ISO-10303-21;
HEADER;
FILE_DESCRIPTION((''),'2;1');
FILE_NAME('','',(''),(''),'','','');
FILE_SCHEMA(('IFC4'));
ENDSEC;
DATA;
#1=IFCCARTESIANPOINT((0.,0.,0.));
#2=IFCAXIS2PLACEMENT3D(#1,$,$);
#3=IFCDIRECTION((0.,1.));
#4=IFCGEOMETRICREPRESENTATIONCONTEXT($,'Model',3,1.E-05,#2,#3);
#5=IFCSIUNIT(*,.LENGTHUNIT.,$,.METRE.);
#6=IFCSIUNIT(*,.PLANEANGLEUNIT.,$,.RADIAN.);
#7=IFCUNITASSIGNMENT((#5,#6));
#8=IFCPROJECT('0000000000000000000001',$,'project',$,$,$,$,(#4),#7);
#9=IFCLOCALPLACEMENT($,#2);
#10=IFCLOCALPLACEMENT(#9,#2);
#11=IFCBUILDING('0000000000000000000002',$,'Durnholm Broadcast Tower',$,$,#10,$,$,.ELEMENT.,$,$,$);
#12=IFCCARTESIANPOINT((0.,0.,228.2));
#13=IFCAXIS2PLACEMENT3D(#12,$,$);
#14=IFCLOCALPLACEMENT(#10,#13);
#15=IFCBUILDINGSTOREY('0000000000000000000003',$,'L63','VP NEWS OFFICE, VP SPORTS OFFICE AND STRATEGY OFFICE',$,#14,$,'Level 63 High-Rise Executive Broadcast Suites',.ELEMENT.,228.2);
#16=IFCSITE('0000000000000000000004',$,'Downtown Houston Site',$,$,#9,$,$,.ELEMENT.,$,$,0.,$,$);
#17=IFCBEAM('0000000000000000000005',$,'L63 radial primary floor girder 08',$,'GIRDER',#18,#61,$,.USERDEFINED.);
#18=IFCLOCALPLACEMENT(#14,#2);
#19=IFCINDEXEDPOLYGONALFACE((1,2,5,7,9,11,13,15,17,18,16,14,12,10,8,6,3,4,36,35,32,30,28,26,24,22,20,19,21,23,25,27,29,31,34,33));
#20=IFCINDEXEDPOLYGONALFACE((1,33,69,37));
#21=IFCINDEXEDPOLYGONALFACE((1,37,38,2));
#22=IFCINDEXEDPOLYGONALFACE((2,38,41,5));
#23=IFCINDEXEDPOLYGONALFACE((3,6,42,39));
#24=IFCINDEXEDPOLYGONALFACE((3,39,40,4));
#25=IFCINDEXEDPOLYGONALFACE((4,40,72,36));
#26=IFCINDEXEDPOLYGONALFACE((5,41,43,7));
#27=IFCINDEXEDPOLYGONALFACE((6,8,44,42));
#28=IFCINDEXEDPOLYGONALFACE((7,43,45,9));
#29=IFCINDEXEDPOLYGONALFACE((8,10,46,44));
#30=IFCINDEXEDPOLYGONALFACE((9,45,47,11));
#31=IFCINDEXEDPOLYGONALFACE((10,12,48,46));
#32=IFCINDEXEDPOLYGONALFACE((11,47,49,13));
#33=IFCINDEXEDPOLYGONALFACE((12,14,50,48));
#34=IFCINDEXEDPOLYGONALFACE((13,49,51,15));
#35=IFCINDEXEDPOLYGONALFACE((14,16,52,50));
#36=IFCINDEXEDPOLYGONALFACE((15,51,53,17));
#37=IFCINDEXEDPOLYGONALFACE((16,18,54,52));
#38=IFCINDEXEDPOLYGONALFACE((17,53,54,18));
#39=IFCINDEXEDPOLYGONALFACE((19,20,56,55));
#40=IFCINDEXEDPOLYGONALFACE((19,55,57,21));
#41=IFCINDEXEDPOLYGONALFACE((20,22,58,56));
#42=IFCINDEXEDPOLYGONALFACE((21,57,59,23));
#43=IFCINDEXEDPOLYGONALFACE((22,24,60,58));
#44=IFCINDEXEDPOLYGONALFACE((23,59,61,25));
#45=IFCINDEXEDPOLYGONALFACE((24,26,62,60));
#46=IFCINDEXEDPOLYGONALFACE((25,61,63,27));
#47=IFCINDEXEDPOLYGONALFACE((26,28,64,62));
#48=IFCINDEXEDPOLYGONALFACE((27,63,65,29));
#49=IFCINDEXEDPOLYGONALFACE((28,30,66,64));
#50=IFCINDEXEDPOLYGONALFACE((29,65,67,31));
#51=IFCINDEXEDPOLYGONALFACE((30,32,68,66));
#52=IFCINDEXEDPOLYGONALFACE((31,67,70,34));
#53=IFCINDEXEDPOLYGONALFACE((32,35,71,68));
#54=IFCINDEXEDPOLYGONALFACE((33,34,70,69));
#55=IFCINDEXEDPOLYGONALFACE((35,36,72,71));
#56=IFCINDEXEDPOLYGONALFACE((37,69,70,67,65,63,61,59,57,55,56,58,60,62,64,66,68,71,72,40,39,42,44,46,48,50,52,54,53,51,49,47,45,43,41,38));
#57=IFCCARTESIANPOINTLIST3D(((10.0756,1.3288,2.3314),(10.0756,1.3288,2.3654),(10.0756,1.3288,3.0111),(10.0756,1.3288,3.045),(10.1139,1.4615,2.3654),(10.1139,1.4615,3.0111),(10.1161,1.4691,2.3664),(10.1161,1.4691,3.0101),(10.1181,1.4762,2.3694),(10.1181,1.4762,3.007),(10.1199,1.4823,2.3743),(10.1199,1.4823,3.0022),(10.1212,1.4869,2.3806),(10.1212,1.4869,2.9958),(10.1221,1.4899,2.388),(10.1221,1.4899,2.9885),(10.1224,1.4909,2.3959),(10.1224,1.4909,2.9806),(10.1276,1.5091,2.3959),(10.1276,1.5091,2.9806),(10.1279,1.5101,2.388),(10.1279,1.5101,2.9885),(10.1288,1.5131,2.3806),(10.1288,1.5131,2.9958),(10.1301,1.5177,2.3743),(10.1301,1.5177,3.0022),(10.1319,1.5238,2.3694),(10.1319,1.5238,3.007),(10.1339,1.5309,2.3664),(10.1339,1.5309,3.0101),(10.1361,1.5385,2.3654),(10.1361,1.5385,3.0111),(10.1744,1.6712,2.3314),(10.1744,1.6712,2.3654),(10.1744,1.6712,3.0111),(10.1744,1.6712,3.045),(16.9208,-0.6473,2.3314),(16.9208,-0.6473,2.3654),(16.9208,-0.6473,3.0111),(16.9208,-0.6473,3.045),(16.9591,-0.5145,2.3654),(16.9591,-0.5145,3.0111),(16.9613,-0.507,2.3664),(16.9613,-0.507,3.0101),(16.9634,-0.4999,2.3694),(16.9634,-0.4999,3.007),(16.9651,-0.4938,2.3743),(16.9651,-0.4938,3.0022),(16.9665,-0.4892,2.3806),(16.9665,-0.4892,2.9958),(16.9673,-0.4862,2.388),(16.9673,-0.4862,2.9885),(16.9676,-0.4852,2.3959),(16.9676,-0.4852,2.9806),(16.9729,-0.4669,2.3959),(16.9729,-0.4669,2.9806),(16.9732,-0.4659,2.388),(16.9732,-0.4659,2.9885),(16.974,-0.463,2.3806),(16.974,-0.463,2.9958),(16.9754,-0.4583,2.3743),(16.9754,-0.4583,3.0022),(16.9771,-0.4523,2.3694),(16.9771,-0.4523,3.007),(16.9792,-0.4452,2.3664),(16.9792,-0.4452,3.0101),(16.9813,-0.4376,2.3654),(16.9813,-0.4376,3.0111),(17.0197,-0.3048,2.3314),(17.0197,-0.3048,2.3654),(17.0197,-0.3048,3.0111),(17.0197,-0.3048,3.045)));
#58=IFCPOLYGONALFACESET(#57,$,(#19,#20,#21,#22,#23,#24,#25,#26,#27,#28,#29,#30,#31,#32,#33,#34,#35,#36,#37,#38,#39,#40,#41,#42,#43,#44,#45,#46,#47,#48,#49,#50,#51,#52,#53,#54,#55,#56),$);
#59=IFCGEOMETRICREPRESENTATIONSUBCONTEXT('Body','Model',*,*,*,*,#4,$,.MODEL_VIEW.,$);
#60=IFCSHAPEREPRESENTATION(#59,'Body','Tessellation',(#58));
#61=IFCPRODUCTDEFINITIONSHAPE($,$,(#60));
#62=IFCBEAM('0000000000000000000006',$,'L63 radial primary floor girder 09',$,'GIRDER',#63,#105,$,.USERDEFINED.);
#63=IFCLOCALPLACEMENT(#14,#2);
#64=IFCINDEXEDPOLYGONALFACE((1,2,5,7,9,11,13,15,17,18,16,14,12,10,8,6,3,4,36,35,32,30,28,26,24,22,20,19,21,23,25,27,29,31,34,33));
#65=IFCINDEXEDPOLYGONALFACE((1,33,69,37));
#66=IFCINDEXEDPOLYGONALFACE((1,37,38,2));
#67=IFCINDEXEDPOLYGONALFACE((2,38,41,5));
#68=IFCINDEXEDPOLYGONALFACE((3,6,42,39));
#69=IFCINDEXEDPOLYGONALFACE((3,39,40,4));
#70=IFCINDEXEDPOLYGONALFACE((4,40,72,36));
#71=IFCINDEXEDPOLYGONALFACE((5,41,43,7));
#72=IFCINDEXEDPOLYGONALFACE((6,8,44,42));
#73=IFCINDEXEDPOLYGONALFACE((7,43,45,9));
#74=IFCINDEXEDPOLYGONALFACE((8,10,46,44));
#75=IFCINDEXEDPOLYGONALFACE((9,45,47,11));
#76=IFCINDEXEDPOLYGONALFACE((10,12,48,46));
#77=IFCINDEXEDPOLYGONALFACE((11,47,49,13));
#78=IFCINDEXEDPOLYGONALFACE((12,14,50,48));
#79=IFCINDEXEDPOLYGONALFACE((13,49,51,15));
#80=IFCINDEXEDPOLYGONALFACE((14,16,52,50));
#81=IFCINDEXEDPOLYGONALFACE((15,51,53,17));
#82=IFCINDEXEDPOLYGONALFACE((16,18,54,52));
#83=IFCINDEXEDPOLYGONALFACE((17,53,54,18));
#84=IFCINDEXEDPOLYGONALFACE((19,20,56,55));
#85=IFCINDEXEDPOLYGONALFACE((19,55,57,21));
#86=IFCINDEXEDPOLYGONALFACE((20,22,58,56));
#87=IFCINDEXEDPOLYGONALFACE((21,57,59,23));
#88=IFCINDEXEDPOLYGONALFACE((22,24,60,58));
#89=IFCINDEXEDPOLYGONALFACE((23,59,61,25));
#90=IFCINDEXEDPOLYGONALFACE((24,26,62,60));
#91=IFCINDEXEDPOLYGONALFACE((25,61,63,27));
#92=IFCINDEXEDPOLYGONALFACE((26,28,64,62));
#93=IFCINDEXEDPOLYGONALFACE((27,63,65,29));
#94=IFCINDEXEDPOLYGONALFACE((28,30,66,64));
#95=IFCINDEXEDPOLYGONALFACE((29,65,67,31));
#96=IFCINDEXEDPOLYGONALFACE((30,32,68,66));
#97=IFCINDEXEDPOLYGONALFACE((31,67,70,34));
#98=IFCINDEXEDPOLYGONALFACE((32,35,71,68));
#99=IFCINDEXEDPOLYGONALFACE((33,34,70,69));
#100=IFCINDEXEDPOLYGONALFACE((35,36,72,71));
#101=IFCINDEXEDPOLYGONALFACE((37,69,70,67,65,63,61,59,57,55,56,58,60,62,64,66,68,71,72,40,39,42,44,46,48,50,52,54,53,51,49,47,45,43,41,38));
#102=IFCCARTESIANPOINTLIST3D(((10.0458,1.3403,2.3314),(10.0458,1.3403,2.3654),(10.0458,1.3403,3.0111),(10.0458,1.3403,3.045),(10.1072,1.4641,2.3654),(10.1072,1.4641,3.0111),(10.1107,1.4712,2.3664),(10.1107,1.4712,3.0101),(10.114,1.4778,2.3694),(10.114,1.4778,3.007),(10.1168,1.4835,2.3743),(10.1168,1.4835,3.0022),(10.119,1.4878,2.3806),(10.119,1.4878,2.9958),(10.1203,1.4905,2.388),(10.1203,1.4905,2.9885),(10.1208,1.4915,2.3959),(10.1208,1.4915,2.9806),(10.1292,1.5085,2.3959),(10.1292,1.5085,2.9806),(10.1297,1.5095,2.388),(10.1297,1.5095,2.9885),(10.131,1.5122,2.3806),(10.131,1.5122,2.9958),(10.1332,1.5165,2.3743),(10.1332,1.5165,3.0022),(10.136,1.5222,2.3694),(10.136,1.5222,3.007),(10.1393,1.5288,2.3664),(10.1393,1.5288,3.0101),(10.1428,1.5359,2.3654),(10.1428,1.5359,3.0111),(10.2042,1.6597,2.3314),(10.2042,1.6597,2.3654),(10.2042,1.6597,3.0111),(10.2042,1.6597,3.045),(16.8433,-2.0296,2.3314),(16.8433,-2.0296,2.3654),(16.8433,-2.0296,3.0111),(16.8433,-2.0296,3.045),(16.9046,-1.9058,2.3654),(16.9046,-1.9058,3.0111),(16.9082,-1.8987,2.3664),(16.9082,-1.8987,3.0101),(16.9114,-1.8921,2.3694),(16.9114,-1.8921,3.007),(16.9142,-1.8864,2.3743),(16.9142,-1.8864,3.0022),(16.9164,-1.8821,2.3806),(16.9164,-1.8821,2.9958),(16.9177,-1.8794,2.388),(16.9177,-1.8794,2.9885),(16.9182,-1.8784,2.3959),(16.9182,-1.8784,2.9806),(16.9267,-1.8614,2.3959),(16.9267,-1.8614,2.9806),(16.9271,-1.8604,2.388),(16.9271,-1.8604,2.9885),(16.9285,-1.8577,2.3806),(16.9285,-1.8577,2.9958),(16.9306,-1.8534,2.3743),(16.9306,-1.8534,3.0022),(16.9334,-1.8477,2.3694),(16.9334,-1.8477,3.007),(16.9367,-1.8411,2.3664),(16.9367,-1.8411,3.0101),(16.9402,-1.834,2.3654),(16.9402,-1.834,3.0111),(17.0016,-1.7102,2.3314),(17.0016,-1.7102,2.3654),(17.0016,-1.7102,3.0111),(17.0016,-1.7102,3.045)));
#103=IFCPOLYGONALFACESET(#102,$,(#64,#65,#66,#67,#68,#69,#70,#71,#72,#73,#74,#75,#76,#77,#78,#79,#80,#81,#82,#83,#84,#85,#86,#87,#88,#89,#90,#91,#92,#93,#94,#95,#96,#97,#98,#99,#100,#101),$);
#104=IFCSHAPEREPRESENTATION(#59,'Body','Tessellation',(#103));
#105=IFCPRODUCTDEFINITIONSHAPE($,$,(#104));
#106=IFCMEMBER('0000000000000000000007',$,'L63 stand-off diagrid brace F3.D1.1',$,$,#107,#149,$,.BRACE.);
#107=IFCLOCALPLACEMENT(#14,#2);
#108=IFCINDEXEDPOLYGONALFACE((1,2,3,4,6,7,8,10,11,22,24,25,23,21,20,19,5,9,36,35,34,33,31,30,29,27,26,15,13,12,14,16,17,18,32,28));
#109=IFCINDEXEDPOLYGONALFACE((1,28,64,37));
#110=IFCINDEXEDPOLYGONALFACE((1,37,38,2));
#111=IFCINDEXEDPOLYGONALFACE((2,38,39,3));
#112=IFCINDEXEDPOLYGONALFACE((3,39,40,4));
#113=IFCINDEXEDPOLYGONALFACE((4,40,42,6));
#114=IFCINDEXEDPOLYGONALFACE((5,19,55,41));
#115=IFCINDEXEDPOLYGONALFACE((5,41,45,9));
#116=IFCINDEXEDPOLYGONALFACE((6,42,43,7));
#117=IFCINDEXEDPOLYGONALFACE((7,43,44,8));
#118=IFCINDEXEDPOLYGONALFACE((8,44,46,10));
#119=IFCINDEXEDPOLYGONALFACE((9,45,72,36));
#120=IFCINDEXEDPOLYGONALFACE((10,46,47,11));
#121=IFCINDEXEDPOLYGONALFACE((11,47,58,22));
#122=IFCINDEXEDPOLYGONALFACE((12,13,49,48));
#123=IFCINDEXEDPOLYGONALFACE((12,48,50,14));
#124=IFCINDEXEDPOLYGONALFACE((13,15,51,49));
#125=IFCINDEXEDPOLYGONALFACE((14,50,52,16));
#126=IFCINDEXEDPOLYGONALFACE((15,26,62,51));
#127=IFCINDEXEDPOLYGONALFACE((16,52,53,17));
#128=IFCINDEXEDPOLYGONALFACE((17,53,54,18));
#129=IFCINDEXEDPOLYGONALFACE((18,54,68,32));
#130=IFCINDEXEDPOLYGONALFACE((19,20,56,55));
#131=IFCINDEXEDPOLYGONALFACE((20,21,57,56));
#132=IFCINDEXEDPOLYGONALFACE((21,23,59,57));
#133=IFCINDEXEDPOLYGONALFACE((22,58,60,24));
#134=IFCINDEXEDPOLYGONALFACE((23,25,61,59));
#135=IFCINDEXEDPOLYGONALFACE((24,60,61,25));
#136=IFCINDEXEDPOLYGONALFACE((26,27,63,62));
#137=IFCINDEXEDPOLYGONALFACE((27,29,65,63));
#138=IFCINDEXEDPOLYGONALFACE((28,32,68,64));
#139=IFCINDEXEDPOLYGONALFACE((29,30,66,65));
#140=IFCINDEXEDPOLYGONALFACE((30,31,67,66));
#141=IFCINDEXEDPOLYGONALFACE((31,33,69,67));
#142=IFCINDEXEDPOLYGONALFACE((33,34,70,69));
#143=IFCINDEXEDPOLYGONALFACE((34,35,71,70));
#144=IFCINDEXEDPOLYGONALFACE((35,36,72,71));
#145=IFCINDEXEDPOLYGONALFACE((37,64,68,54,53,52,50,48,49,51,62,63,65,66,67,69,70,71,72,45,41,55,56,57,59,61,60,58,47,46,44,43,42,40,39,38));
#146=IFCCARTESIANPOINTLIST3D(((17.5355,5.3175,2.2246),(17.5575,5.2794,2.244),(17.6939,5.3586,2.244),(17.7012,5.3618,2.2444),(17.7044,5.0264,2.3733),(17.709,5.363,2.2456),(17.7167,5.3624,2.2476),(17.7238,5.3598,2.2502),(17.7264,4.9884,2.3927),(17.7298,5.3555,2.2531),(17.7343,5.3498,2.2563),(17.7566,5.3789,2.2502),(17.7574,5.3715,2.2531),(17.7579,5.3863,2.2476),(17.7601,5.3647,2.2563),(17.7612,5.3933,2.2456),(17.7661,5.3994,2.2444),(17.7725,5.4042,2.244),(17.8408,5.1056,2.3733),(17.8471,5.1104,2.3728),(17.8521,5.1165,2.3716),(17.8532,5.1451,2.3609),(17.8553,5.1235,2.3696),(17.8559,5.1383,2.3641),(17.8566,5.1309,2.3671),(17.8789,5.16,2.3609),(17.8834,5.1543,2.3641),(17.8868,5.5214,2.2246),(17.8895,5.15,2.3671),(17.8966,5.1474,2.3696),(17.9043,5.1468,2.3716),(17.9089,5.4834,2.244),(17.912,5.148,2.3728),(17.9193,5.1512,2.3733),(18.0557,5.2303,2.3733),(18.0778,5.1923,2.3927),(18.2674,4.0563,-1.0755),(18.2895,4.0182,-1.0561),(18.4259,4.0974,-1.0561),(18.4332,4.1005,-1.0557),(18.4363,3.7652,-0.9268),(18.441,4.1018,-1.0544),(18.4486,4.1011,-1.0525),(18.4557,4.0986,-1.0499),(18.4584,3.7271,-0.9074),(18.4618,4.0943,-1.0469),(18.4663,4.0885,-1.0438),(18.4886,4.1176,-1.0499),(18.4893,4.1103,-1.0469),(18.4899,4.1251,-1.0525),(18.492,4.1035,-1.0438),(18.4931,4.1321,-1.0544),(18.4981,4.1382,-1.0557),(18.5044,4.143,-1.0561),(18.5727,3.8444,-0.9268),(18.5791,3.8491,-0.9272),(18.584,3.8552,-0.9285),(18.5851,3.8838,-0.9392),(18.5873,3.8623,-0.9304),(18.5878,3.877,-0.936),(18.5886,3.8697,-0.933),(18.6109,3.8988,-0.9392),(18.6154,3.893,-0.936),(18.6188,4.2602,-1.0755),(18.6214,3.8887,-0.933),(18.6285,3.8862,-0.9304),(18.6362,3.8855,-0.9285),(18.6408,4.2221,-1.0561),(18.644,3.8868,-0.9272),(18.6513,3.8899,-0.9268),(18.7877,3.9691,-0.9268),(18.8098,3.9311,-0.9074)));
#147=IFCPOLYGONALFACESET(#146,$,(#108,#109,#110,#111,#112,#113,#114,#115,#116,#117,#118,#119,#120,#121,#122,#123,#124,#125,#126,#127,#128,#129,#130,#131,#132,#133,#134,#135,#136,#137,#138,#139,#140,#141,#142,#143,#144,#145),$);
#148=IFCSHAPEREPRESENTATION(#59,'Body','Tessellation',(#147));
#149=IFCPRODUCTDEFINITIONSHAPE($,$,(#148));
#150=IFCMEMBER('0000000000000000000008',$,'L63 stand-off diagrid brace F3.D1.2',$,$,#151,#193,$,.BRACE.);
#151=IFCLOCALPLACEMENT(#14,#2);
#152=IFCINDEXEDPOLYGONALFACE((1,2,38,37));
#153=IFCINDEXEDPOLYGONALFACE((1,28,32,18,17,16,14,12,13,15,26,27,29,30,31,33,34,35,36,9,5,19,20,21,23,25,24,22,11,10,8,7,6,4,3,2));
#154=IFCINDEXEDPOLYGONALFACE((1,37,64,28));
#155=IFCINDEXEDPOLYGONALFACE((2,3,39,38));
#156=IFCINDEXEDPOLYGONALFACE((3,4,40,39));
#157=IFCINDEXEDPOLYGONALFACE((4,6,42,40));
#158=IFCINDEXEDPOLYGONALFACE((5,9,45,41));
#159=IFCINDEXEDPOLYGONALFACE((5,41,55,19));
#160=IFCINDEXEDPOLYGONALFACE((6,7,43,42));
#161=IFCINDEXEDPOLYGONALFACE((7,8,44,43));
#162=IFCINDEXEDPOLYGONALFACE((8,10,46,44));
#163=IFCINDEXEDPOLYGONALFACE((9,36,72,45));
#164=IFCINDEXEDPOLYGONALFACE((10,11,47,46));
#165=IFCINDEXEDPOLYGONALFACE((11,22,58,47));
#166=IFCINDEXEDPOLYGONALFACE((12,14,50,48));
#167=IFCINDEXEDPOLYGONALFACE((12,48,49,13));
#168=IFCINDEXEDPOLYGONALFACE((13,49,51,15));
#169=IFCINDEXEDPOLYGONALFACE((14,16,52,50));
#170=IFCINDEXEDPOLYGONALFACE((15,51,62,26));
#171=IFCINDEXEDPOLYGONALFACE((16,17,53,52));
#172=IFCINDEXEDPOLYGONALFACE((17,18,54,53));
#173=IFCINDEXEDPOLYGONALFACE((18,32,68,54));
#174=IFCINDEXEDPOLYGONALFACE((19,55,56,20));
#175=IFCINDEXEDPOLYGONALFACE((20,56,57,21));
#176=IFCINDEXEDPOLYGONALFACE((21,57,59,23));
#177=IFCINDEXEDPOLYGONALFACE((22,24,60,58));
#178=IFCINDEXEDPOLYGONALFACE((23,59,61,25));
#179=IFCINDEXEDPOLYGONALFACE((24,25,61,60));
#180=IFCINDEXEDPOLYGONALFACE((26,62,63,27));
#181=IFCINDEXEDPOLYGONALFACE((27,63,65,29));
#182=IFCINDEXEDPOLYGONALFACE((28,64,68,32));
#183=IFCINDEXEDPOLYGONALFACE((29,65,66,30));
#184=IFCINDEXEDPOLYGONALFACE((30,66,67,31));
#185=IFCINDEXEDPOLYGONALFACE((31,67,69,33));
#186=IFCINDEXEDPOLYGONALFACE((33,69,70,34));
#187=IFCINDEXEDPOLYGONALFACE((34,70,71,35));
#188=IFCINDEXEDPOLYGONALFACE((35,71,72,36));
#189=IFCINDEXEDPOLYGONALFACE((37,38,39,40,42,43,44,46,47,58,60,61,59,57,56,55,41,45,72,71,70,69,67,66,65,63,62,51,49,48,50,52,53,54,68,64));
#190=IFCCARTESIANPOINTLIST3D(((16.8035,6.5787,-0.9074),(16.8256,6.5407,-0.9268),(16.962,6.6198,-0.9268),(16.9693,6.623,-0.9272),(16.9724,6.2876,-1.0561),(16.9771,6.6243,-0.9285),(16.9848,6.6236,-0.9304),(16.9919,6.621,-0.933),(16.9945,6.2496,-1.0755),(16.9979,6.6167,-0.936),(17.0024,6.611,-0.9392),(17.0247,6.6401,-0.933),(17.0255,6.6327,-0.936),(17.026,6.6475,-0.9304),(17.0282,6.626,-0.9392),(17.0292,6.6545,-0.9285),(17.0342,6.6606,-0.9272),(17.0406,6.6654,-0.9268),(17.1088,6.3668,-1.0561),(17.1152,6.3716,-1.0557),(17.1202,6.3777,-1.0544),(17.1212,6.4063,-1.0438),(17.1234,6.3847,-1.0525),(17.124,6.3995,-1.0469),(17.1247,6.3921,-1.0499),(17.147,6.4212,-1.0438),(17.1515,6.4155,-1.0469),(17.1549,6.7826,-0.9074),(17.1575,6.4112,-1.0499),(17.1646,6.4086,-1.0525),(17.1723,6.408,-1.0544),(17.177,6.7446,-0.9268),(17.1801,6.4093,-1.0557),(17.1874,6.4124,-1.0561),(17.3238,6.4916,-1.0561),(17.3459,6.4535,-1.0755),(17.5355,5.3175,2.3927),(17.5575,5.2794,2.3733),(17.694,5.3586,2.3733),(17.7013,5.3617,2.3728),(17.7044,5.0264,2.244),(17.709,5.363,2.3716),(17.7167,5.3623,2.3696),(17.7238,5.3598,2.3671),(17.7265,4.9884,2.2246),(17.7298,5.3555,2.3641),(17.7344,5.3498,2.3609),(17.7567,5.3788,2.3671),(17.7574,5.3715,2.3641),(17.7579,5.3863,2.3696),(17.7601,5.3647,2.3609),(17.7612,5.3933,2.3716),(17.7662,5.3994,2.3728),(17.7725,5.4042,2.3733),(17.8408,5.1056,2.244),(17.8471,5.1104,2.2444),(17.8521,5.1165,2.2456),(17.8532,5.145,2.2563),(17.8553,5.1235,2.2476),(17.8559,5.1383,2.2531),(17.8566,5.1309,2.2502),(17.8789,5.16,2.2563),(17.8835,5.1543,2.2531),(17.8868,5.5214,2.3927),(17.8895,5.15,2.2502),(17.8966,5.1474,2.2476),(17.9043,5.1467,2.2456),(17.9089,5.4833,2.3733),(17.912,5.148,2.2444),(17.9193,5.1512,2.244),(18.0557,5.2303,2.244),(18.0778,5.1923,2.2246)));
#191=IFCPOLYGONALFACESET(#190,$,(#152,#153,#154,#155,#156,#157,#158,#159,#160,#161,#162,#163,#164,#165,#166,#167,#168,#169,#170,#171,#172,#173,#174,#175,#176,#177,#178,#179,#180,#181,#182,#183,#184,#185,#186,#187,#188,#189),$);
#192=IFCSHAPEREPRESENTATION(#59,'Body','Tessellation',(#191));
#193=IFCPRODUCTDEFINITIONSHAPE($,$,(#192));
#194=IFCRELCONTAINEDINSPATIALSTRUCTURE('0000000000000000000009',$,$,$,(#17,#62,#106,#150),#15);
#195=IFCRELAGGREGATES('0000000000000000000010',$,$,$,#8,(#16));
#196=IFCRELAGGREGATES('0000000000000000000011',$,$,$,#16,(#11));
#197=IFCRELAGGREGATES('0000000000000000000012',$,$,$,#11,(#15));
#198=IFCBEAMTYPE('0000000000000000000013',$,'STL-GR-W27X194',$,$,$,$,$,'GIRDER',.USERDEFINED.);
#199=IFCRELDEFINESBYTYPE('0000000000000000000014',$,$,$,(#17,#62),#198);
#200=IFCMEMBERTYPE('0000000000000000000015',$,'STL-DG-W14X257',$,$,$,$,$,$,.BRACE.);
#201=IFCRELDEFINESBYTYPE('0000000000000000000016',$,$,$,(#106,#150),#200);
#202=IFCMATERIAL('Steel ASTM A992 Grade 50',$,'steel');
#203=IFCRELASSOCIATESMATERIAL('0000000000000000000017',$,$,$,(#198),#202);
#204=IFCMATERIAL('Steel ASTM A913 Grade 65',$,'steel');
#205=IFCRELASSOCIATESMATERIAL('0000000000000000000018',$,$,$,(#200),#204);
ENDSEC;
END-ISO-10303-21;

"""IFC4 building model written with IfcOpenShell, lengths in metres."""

from ifc_helpers import new_model, si_unit, direction, frame, origin, origin_2d, place, context, subcontext, project, spatial, i_section, extrude, source, transform, mapped, material, material_profile, profile_set, type_object, type_shapes, element, save


model = new_model("IFC4")

# Units and contexts
model_context = context("Model", 3, precision=1e-05, world=origin(), true_north=direction((0.0, 1.0)))
body_context = subcontext(model_context, "Body", "Model", "MODEL_VIEW")
ifc_project = project(units=[si_unit("LENGTHUNIT", "METRE"), si_unit("PLANEANGLEUNIT", "RADIAN")], contexts=[model_context])

# Site, building, storey
site_placement = place(None, origin())
site = spatial("IfcSite", under=ifc_project, at=site_placement, Name="Downtown Houston Site", CompositionType="ELEMENT", RefElevation=0.0)
building_placement = place(site_placement, origin())
building = spatial("IfcBuilding", under=site, at=building_placement, Name="Durnholm Broadcast Tower", CompositionType="ELEMENT")
storey_placement = place(building_placement, frame((0.0, 0.0, 228.2)))
storey = spatial("IfcBuildingStorey", under=building, at=storey_placement, Name="L63", Description="VP NEWS OFFICE, VP SPORTS OFFICE AND STRATEGY OFFICE", LongName="Level 63 High-Rise Executive Broadcast Suites", CompositionType="ELEMENT", Elevation=228.2)

# Beams
ifc_material_1 = material(Name="Steel ASTM A992 Grade 50", Category="steel")
ifc_material_profile_1 = material_profile(ifc_material_1, i_section(OverallWidth=0.3564, OverallDepth=0.7136, WebThickness=0.019, FlangeThickness=0.0339, FilletRadius=0.0305, at=origin_2d()), Name="W27X194")
ifc_profile_set_1 = profile_set([ifc_material_profile_1], Name="Steel ASTM A992 Grade 50")
beam_type_1 = type_object("IfcBeamType", Name="STL-GR-W27X194", ElementType="GIRDER", PredefinedType="USERDEFINED", material=ifc_profile_set_1)
shared_shape_1 = source(origin(), body_context, "Body", "SweptSolid", [
    extrude(i_section(OverallWidth=0.3564, OverallDepth=0.7136, WebThickness=0.019, FlangeThickness=0.0339, FilletRadius=0.0305, at=origin_2d()), origin(), (0.0, 0.0, 1.0), 7.1248),
])
beam_1_placement = place(storey_placement, frame((10.125, 1.5, 2.6882), z_axis=(0.960768, -0.277354, 0.0), x_axis=(0.277354, 0.960768, 0.0)))
element("IfcBeam", 1, at=beam_1_placement, inside=storey, type_object=beam_type_1, Name="L63 radial primary floor girder 08", ObjectType="GIRDER", PredefinedType="USERDEFINED", context=body_context, shape_type="MappedRepresentation", body=[
    mapped(shared_shape_1, transform((0.0, 0.0, 0.0), x_axis=(1.0, 0.0, 0.0), y_axis=(0.0, 1.0, 0.0), z_axis=(0.0, 0.0, 1.0), scale=1.0)),
])
shared_shape_2 = source(origin(), body_context, "Body", "SweptSolid", [
    extrude(i_section(OverallWidth=0.3564, OverallDepth=0.7136, WebThickness=0.019, FlangeThickness=0.0339, FilletRadius=0.0305, at=origin_2d()), origin(), (0.0, 0.0, 1.0), 7.5869),
])
type_shapes(beam_type_1, [shared_shape_1, shared_shape_2])
beam_2_placement = place(storey_placement, frame((10.125, 1.5, 2.6882), z_axis=(0.895941, -0.444173, 0.0), x_axis=(0.444173, 0.895941, 0.0)))
element("IfcBeam", 2, at=beam_2_placement, inside=storey, type_object=beam_type_1, Name="L63 radial primary floor girder 09", ObjectType="GIRDER", PredefinedType="USERDEFINED", context=body_context, shape_type="MappedRepresentation", body=[
    mapped(shared_shape_2, transform((0.0, 0.0, 0.0), x_axis=(1.0, 0.0, 0.0), y_axis=(0.0, 1.0, 0.0), z_axis=(0.0, 0.0, 1.0), scale=1.0)),
])

# Members
ifc_material_2 = material(Name="Steel ASTM A913 Grade 65", Category="steel")
ifc_material_profile_2 = material_profile(ifc_material_2, i_section(OverallWidth=0.4062, OverallDepth=0.416, WebThickness=0.0298, FlangeThickness=0.0481, FilletRadius=0.0305, at=origin_2d()), Name="W14X257")
ifc_profile_set_2 = profile_set([ifc_material_profile_2], Name="Steel ASTM A913 Grade 65")
member_type_1 = type_object("IfcMemberType", Name="STL-DG-W14X257", PredefinedType="BRACE", material=ifc_profile_set_2)
shared_shape_3 = source(origin(), body_context, "Body", "SweptSolid", [
    extrude(i_section(OverallWidth=0.4062, OverallDepth=0.416, WebThickness=0.0298, FlangeThickness=0.0481, FilletRadius=0.0305, at=origin_2d()), origin(), (0.0, 0.0, 1.0), 3.6079),
])
type_shapes(member_type_1, [shared_shape_3])
for number, where, z_axis, x_axis, name in (
    (3, (18.5386, 3.9937, -0.9915), (-0.202871, 0.349577, 0.91468), (-0.864906, -0.501934, 0.0), "L63 stand-off diagrid brace F3.D1.1"),
    (4, (17.0747, 6.5161, -0.9915), (0.202871, -0.349577, 0.91468), (0.864906, 0.501934, 0.0), "L63 stand-off diagrid brace F3.D1.2"),
):
    element("IfcMember", number, at=place(storey_placement, frame(where, z_axis=z_axis, x_axis=x_axis)), inside=storey, type_object=member_type_1, Name=name, PredefinedType="BRACE", context=body_context, shape_type="MappedRepresentation", body=[
        mapped(shared_shape_3, transform((0.0, 0.0, 0.0), x_axis=(1.0, 0.0, 0.0), y_axis=(0.0, 1.0, 0.0), z_axis=(0.0, 0.0, 1.0), scale=1.0)),
    ])

save(model, "model.ifc")
